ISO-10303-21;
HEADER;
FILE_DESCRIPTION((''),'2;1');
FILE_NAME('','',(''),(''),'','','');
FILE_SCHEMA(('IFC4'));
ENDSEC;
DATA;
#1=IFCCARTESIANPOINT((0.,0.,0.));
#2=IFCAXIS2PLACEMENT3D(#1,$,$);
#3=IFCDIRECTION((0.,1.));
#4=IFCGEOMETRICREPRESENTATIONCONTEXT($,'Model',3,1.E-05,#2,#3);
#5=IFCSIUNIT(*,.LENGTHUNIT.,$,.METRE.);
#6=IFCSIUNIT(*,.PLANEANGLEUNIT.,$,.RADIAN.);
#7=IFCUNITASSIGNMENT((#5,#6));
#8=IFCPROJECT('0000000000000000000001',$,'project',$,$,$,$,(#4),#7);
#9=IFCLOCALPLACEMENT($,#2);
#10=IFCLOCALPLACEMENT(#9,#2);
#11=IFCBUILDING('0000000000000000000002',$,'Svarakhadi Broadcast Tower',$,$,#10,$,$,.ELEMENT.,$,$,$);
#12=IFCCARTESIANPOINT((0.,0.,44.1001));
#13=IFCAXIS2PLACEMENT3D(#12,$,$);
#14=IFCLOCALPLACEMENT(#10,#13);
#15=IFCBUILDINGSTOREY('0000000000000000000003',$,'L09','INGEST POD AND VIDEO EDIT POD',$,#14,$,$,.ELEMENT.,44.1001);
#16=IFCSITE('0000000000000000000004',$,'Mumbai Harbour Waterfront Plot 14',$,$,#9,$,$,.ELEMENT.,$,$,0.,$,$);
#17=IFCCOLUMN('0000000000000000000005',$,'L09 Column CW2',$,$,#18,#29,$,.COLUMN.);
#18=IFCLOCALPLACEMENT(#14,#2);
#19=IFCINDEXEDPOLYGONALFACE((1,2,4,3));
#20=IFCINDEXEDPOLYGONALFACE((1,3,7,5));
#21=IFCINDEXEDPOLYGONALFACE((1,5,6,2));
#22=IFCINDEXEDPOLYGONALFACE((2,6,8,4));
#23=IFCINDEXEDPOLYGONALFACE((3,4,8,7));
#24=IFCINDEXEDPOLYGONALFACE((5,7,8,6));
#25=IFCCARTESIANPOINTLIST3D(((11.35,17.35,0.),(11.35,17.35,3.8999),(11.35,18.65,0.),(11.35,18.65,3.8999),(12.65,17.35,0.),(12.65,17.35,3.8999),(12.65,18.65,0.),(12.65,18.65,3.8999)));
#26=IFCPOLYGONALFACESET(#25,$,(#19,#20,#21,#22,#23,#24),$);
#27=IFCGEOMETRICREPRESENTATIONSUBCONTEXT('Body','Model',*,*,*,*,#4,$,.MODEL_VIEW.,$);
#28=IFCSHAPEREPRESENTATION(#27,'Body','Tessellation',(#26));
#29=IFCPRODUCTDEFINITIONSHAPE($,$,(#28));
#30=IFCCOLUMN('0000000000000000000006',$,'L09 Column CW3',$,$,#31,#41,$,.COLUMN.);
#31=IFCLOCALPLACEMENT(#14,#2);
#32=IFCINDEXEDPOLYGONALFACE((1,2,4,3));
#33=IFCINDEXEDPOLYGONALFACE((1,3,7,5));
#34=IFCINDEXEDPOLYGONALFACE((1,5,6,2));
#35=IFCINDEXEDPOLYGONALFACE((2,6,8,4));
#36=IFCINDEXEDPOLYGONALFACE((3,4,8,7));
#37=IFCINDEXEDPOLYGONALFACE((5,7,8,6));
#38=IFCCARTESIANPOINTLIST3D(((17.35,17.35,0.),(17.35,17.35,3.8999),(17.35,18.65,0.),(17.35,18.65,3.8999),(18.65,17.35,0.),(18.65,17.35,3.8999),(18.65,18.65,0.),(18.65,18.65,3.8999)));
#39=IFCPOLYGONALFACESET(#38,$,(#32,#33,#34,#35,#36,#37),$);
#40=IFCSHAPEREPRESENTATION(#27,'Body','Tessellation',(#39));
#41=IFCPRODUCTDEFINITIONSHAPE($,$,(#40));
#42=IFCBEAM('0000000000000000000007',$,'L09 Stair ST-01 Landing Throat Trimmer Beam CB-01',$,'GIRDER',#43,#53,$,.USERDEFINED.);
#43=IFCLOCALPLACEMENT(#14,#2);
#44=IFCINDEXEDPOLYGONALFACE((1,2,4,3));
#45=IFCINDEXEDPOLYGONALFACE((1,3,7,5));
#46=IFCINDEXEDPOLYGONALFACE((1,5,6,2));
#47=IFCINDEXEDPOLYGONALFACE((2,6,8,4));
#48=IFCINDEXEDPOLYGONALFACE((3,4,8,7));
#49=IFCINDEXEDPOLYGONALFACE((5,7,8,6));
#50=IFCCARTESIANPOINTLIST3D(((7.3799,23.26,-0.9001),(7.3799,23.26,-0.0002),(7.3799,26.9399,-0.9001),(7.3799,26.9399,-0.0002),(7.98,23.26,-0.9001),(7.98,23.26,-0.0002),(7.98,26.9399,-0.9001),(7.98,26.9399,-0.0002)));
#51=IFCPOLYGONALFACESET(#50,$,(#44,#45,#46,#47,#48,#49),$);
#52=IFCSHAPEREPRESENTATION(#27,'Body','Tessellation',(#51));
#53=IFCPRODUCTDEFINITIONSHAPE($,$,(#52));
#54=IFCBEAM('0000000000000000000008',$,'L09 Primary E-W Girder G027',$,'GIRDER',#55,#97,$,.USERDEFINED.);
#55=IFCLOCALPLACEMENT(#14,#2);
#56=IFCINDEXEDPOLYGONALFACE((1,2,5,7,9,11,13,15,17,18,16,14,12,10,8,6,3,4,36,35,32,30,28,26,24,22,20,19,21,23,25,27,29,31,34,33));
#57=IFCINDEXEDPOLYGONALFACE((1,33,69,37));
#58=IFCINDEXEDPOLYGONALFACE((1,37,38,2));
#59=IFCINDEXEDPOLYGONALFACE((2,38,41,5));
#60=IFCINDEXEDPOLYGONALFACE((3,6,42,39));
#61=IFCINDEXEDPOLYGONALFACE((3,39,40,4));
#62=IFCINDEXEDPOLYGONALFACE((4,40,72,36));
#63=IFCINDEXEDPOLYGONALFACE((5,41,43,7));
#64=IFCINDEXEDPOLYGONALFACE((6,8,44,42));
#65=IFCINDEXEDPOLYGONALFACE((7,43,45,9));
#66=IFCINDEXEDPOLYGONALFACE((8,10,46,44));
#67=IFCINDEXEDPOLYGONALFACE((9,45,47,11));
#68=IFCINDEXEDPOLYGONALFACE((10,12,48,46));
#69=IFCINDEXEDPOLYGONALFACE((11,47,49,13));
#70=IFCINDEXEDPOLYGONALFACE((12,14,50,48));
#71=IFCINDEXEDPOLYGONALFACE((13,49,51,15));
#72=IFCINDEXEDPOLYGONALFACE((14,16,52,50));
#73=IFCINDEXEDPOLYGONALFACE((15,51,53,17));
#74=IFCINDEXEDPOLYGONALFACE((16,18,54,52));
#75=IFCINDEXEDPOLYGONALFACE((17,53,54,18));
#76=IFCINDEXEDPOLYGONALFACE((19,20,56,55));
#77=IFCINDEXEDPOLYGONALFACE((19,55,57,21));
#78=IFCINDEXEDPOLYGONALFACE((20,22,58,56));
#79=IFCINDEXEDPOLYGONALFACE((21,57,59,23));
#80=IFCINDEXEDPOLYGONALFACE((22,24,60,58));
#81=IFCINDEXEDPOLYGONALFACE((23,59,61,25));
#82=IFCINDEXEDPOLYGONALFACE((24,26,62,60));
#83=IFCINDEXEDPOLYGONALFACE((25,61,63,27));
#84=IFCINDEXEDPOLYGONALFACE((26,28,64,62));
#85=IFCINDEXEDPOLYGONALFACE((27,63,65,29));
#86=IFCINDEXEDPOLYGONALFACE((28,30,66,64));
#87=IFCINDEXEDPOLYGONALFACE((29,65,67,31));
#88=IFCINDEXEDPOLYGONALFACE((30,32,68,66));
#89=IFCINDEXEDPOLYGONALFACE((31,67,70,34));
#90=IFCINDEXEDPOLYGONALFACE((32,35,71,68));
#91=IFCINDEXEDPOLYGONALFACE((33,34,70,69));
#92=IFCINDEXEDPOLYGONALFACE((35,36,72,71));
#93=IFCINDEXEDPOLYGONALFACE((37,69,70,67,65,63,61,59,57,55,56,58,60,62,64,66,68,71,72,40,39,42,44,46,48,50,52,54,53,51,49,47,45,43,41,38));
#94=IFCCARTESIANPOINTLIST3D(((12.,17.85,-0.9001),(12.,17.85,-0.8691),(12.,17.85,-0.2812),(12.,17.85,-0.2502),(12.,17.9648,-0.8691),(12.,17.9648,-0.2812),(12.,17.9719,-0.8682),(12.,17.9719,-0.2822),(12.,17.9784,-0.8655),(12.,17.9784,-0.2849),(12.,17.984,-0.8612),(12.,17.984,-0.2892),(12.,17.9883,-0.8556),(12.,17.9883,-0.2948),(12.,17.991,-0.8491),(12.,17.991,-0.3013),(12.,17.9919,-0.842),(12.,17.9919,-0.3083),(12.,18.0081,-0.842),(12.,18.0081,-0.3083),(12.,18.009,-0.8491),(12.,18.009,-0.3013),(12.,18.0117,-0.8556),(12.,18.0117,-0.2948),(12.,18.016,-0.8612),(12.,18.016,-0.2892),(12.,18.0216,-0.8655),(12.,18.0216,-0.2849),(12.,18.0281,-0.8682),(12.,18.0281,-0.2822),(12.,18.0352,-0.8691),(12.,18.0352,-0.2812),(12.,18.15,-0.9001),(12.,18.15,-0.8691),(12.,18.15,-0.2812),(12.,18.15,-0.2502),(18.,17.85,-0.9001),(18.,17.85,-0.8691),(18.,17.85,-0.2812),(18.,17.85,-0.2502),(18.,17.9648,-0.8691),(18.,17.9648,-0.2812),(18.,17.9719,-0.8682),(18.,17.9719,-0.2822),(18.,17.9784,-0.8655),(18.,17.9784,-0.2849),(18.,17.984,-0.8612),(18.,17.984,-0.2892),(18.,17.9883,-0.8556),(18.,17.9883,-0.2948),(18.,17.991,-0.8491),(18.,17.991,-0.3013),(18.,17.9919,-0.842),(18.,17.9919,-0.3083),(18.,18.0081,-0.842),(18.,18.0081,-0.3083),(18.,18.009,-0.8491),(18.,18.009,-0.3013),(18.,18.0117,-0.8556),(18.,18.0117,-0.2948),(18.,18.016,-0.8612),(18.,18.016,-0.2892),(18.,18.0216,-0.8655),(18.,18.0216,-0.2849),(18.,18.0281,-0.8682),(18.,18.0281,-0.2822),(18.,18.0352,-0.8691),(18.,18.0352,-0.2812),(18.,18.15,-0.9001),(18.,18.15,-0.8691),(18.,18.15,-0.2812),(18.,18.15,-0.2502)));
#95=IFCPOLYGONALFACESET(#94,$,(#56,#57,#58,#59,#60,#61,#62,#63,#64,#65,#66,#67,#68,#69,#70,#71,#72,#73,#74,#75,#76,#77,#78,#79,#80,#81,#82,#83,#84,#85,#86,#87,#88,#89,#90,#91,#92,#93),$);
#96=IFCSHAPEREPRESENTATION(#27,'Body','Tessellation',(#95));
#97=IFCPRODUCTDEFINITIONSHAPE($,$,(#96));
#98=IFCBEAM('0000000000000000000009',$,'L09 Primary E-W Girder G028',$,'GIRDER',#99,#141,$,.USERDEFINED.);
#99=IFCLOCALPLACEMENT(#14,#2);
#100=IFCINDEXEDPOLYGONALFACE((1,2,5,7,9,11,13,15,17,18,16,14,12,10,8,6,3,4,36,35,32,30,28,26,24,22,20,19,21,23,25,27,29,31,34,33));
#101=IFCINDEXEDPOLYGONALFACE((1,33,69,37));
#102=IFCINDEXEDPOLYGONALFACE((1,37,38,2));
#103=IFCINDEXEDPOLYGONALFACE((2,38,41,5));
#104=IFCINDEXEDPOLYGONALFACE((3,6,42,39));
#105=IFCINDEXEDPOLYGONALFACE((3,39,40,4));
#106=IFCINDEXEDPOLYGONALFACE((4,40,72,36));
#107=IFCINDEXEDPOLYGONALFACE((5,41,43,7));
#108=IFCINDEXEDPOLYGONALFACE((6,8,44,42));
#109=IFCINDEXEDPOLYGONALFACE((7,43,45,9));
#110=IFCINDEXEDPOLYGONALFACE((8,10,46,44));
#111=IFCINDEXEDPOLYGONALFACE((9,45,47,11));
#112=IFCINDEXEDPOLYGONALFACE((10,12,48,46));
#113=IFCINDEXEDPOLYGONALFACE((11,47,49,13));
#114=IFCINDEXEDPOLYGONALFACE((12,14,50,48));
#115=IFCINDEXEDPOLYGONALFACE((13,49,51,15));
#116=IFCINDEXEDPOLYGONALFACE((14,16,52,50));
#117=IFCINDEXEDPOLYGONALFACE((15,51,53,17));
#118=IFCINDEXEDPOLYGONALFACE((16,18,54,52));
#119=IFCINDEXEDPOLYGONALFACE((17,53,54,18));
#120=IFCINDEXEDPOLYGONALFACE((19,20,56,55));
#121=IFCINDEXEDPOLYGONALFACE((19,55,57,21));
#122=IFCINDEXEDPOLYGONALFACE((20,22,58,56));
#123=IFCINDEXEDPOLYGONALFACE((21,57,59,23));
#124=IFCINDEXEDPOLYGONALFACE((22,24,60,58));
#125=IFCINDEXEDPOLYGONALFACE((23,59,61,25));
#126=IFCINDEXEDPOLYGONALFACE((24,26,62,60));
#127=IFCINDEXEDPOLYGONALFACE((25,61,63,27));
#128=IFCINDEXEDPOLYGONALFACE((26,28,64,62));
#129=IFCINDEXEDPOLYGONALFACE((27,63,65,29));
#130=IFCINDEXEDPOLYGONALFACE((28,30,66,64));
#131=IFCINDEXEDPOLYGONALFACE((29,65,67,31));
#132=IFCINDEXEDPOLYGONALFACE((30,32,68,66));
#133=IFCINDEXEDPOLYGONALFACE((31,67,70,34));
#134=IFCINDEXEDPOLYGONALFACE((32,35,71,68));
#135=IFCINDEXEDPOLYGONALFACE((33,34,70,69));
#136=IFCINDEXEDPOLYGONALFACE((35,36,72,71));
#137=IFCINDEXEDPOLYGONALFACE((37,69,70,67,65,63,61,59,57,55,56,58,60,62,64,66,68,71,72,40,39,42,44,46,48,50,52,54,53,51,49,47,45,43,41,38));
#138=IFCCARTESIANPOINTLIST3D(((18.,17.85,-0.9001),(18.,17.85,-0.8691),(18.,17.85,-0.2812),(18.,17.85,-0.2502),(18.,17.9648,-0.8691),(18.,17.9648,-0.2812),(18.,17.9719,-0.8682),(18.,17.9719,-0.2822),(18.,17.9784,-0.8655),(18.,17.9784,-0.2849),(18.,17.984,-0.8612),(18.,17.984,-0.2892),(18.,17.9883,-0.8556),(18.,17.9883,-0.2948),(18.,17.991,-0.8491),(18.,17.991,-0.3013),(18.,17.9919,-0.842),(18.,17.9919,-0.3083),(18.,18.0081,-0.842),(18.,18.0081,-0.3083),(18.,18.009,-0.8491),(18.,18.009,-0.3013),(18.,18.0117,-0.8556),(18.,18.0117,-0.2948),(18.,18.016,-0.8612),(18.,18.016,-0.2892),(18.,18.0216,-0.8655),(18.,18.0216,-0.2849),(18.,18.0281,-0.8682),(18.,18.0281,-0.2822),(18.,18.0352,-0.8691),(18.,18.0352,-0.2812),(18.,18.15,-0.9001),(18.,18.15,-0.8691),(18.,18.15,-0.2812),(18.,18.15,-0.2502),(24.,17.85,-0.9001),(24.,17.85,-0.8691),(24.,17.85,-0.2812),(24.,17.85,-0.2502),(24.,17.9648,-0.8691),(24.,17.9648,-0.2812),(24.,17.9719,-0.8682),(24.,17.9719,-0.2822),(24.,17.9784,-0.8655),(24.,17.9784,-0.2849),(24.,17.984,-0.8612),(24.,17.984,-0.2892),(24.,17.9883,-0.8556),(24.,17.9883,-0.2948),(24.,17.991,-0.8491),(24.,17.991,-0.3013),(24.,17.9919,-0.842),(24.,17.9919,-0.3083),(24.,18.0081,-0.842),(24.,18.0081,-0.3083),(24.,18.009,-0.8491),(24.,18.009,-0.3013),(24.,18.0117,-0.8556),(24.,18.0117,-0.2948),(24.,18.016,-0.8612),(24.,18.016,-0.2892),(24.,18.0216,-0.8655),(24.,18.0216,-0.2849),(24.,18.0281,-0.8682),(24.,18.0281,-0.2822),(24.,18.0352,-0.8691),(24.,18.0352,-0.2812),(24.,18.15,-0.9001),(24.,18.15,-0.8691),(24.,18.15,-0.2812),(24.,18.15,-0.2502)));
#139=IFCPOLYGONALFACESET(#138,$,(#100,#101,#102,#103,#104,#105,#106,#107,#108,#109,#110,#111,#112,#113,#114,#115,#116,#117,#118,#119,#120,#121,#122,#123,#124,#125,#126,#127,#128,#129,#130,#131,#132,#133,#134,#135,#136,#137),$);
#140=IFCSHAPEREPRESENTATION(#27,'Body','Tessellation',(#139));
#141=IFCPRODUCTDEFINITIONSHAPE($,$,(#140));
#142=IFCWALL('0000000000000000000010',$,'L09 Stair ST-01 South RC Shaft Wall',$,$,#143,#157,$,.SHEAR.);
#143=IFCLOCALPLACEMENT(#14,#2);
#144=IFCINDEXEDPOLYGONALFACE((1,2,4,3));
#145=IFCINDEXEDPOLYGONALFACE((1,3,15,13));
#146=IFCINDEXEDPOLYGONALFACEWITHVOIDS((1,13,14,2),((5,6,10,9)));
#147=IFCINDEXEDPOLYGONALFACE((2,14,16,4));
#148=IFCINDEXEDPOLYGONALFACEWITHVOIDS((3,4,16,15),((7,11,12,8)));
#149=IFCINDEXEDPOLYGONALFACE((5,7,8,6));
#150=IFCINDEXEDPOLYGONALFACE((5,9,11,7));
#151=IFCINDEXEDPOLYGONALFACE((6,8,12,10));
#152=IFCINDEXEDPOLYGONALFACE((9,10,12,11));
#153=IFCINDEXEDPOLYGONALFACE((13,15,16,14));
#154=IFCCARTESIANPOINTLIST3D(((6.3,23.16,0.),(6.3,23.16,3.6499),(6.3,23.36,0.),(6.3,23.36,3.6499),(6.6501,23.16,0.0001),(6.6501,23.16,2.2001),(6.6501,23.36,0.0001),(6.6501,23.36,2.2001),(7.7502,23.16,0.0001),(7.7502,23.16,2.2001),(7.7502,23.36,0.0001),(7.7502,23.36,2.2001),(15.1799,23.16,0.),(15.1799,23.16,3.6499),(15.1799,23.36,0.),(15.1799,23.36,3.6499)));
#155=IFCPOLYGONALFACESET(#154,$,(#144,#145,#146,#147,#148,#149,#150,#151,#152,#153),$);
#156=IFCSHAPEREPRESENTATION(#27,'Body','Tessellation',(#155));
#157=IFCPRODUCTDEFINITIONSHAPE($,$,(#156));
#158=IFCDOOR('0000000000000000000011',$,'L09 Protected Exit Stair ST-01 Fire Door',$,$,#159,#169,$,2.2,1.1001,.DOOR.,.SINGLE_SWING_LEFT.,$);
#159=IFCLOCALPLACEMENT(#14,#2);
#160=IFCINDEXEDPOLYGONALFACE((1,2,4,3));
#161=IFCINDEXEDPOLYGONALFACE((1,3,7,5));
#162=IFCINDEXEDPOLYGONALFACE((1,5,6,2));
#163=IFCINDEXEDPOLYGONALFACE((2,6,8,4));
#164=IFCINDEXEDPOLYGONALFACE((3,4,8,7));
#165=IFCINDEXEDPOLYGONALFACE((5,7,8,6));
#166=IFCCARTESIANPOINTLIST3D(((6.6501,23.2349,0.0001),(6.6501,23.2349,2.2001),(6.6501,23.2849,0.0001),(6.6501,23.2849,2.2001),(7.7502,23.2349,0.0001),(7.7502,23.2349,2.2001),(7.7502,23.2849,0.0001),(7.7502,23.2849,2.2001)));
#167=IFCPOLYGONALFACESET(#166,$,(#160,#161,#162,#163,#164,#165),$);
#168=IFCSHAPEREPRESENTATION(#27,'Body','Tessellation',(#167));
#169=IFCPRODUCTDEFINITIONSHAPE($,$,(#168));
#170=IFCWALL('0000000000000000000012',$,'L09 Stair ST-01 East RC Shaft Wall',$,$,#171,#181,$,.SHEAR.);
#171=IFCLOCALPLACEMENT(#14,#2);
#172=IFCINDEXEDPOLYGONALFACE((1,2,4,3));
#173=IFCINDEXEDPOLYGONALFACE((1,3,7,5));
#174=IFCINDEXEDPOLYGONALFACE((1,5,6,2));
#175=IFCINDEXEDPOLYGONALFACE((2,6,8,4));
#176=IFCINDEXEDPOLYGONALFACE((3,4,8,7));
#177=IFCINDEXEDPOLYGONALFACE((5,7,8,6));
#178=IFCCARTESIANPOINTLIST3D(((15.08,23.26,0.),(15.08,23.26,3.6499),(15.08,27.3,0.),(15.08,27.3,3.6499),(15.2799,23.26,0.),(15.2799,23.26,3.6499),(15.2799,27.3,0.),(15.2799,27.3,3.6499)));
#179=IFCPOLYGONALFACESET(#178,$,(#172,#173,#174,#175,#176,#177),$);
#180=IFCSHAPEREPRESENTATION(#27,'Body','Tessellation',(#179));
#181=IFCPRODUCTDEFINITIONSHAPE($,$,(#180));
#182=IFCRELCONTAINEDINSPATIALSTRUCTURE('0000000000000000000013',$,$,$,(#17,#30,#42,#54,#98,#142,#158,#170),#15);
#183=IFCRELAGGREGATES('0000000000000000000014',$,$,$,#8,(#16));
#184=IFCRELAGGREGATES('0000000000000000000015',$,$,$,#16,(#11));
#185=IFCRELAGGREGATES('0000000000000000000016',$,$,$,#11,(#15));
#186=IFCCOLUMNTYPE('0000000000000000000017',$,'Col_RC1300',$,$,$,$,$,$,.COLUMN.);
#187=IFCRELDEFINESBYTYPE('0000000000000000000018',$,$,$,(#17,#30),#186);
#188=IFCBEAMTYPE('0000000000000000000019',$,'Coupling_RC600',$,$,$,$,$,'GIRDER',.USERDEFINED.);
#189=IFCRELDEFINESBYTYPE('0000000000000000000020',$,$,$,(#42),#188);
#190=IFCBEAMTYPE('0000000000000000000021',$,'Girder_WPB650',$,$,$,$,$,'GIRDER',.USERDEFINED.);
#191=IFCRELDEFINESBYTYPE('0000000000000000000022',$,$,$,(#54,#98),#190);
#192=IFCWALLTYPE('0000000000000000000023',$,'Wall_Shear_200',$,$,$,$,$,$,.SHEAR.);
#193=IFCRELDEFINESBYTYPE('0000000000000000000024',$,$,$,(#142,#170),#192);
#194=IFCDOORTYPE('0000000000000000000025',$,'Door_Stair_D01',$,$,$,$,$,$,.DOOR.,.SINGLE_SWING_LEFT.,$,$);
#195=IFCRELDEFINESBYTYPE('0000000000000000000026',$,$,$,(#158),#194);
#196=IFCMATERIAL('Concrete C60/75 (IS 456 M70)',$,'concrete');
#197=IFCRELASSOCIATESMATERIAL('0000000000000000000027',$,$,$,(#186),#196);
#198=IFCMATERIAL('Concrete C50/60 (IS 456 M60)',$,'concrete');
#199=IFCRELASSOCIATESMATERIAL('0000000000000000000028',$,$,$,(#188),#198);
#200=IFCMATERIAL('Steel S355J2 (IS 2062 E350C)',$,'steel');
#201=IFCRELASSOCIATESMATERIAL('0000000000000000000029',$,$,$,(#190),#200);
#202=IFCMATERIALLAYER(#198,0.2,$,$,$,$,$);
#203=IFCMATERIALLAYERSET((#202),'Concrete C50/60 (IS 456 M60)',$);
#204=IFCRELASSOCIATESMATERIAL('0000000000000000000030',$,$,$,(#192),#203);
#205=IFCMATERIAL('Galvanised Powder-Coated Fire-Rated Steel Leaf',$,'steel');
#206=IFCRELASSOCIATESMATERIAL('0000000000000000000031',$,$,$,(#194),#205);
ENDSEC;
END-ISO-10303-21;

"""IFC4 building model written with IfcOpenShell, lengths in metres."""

from ifc_helpers import new_model, si_unit, direction, frame, frame_2d, origin, origin_2d, place, context, subcontext, project, spatial, rectangle, i_section, extrude, material, layer, layer_set, material_profile, profile_set, type_object, element, fill, save


model = new_model("IFC4")

# Units and contexts
model_context = context("Model", 3, precision=1e-05, world=origin(), true_north=direction((0.0, 1.0)))
body_context = subcontext(model_context, "Body", "Model", "MODEL_VIEW")
ifc_project = project(units=[si_unit("LENGTHUNIT", "METRE"), si_unit("PLANEANGLEUNIT", "RADIAN")], contexts=[model_context])

# Site, building, storey
site_placement = place(None, origin())
site = spatial("IfcSite", under=ifc_project, at=site_placement, Name="Mumbai Harbour Waterfront Plot 14", CompositionType="ELEMENT", RefElevation=0.0)
building_placement = place(site_placement, origin())
building = spatial("IfcBuilding", under=site, at=building_placement, Name="Svarakhadi Broadcast Tower", CompositionType="ELEMENT")
storey_placement = place(building_placement, frame((0.0, 0.0, 44.1001)))
storey = spatial("IfcBuildingStorey", under=building, at=storey_placement, Name="L09", Description="INGEST POD AND VIDEO EDIT POD", CompositionType="ELEMENT", Elevation=44.1001)

# Columns
ifc_material_1 = material(Name="Concrete C60/75 (IS 456 M70)", Category="concrete")
ifc_material_profile_1 = material_profile(ifc_material_1, rectangle(XDim=1.3, YDim=1.3, at=origin_2d()), Name="RC 1300x1300")
ifc_profile_set_1 = profile_set([ifc_material_profile_1], Name="Concrete C60/75 (IS 456 M70)")
column_type = type_object("IfcColumnType", Name="Col_RC1300", PredefinedType="COLUMN", material=ifc_profile_set_1)
for number, where, z_axis, x_axis, name in (
    (1, (12.0, 18.0, 0.0), (0.0, 0.0, 1.0), (1.0, 0.0, 0.0), "L09 Column CW2"),
    (2, (18.0, 18.0, 0.0), (0.0, 0.0, 1.0), (1.0, 0.0, 0.0), "L09 Column CW3"),
):
    element("IfcColumn", number, at=place(storey_placement, frame(where, z_axis=z_axis, x_axis=x_axis)), inside=storey, type_object=column_type, Name=name, PredefinedType="COLUMN", context=body_context, shape_type="SweptSolid", body=[
        extrude(rectangle(XDim=1.3, YDim=1.3, at=origin_2d()), origin(), (0.0, 0.0, 1.0), 3.8999),
    ])

# Beams
ifc_material_2 = material(Name="Concrete C50/60 (IS 456 M60)", Category="concrete")
ifc_material_profile_2 = material_profile(ifc_material_2, rectangle(XDim=0.6001, YDim=0.8999, at=origin_2d()), Name="RC 600x900")
ifc_profile_set_2 = profile_set([ifc_material_profile_2], Name="Concrete C50/60 (IS 456 M60)")
beam_type_1 = type_object("IfcBeamType", Name="Coupling_RC600", ElementType="GIRDER", PredefinedType="USERDEFINED", material=ifc_profile_set_2)
beam_placement = place(storey_placement, frame((7.6799, 23.26, -0.4502), z_axis=(0.0, 1.0, 0.0), x_axis=(-1.0, 0.0, 0.0)))
element("IfcBeam", 3, at=beam_placement, inside=storey, type_object=beam_type_1, Name="L09 Stair ST-01 Landing Throat Trimmer Beam CB-01", ObjectType="GIRDER", PredefinedType="USERDEFINED", context=body_context, shape_type="SweptSolid", body=[
    extrude(rectangle(XDim=0.6001, YDim=0.8999, at=origin_2d()), origin(), (0.0, 0.0, 1.0), 3.6799),
])
ifc_material_3 = material(Name="Steel S355J2 (IS 2062 E350C)", Category="steel")
ifc_material_profile_3 = material_profile(ifc_material_3, i_section(OverallWidth=0.3, OverallDepth=0.6499, WebThickness=0.0161, FlangeThickness=0.031, FilletRadius=0.0271, at=origin_2d()), Name="WPB 650x300x225")
ifc_profile_set_3 = profile_set([ifc_material_profile_3], Name="Steel S355J2 (IS 2062 E350C)")
beam_type_2 = type_object("IfcBeamType", Name="Girder_WPB650", ElementType="GIRDER", PredefinedType="USERDEFINED", material=ifc_profile_set_3)
for number, where, z_axis, x_axis, name in (
    (4, (12.0, 18.0, -0.5752), (1.0, 0.0, 0.0), (0.0, 1.0, 0.0), "L09 Primary E-W Girder G027"),
    (5, (18.0, 18.0, -0.5752), (1.0, 0.0, 0.0), (0.0, 1.0, 0.0), "L09 Primary E-W Girder G028"),
):
    element("IfcBeam", number, at=place(storey_placement, frame(where, z_axis=z_axis, x_axis=x_axis)), inside=storey, type_object=beam_type_2, Name=name, ObjectType="GIRDER", PredefinedType="USERDEFINED", context=body_context, shape_type="SweptSolid", body=[
        extrude(i_section(OverallWidth=0.3, OverallDepth=0.6499, WebThickness=0.0161, FlangeThickness=0.031, FilletRadius=0.0271, at=origin_2d()), origin(), (0.0, 0.0, 1.0), 6.0),
    ])

# Wall, opening, door
ifc_layer_1 = layer(ifc_material_2, 0.2)
ifc_layer_set_1 = layer_set([ifc_layer_1], Name="Concrete C50/60 (IS 456 M60)")
wall_type_1 = type_object("IfcWallType", Name="Wall_Shear_200", PredefinedType="SHEAR", material=ifc_layer_set_1)
wall_1_placement = place(storey_placement, frame((6.3, 23.26, 0.0), z_axis=(0.0, 0.0, 1.0), x_axis=(1.0, 0.0, 0.0)))
wall_1 = element("IfcWall", 6, at=wall_1_placement, inside=storey, type_object=wall_type_1, Name="L09 Stair ST-01 South RC Shaft Wall", PredefinedType="SHEAR", context=body_context, shape_type="SweptSolid", body=[
    extrude(rectangle(XDim=8.8799, YDim=0.2, at=frame_2d((4.4399, 0.0))), origin(), (0.0, 0.0, 1.0), 3.6499),
])
opening_1_placement = place(wall_1_placement, frame((0.3501, 0.0, 0.0)))
opening_1 = element("IfcOpeningElement", 7, at=opening_1_placement, cuts=wall_1, PredefinedType="OPENING", context=body_context, shape_type="SweptSolid", body=[
    extrude(rectangle(XDim=1.1001, YDim=2.2, at=frame_2d((0.55, 1.1001))), frame((0.0, 0.1099, 0.0), z_axis=(0.0, -1.0, 0.0), x_axis=(1.0, 0.0, 0.0)), (0.0, 0.0, 1.0), 0.22),
])
ifc_material_4 = material(Name="Galvanised Powder-Coated Fire-Rated Steel Leaf", Category="steel")
door_type_1 = type_object("IfcDoorType", Name="Door_Stair_D01", OperationType="SINGLE_SWING_LEFT", PredefinedType="DOOR", material=ifc_material_4)
door_1_placement = place(opening_1_placement, origin())
door_1 = element("IfcDoor", 8, at=door_1_placement, inside=storey, type_object=door_type_1, Name="L09 Protected Exit Stair ST-01 Fire Door", OperationType="SINGLE_SWING_LEFT", OverallHeight=2.2, OverallWidth=1.1001, PredefinedType="DOOR", context=body_context, shape_type="SweptSolid", body=[
    extrude(rectangle(XDim=1.1001, YDim=2.2, at=frame_2d((0.55, 1.1001))), frame((0.0, 0.0249, 0.0), z_axis=(0.0, -1.0, 0.0), x_axis=(1.0, 0.0, 0.0)), (0.0, 0.0, 1.0), 0.05),
])
fill(opening_1, door_1)

# Wall
wall_2_placement = place(storey_placement, frame((15.1799, 23.26, 0.0), z_axis=(0.0, 0.0, 1.0), x_axis=(0.0, 1.0, 0.0)))
element("IfcWall", 9, at=wall_2_placement, inside=storey, type_object=wall_type_1, Name="L09 Stair ST-01 East RC Shaft Wall", PredefinedType="SHEAR", context=body_context, shape_type="SweptSolid", body=[
    extrude(rectangle(XDim=4.04, YDim=0.2, at=frame_2d((2.02, 0.0))), origin(), (0.0, 0.0, 1.0), 3.6499),
])

save(model, "model.ifc")
